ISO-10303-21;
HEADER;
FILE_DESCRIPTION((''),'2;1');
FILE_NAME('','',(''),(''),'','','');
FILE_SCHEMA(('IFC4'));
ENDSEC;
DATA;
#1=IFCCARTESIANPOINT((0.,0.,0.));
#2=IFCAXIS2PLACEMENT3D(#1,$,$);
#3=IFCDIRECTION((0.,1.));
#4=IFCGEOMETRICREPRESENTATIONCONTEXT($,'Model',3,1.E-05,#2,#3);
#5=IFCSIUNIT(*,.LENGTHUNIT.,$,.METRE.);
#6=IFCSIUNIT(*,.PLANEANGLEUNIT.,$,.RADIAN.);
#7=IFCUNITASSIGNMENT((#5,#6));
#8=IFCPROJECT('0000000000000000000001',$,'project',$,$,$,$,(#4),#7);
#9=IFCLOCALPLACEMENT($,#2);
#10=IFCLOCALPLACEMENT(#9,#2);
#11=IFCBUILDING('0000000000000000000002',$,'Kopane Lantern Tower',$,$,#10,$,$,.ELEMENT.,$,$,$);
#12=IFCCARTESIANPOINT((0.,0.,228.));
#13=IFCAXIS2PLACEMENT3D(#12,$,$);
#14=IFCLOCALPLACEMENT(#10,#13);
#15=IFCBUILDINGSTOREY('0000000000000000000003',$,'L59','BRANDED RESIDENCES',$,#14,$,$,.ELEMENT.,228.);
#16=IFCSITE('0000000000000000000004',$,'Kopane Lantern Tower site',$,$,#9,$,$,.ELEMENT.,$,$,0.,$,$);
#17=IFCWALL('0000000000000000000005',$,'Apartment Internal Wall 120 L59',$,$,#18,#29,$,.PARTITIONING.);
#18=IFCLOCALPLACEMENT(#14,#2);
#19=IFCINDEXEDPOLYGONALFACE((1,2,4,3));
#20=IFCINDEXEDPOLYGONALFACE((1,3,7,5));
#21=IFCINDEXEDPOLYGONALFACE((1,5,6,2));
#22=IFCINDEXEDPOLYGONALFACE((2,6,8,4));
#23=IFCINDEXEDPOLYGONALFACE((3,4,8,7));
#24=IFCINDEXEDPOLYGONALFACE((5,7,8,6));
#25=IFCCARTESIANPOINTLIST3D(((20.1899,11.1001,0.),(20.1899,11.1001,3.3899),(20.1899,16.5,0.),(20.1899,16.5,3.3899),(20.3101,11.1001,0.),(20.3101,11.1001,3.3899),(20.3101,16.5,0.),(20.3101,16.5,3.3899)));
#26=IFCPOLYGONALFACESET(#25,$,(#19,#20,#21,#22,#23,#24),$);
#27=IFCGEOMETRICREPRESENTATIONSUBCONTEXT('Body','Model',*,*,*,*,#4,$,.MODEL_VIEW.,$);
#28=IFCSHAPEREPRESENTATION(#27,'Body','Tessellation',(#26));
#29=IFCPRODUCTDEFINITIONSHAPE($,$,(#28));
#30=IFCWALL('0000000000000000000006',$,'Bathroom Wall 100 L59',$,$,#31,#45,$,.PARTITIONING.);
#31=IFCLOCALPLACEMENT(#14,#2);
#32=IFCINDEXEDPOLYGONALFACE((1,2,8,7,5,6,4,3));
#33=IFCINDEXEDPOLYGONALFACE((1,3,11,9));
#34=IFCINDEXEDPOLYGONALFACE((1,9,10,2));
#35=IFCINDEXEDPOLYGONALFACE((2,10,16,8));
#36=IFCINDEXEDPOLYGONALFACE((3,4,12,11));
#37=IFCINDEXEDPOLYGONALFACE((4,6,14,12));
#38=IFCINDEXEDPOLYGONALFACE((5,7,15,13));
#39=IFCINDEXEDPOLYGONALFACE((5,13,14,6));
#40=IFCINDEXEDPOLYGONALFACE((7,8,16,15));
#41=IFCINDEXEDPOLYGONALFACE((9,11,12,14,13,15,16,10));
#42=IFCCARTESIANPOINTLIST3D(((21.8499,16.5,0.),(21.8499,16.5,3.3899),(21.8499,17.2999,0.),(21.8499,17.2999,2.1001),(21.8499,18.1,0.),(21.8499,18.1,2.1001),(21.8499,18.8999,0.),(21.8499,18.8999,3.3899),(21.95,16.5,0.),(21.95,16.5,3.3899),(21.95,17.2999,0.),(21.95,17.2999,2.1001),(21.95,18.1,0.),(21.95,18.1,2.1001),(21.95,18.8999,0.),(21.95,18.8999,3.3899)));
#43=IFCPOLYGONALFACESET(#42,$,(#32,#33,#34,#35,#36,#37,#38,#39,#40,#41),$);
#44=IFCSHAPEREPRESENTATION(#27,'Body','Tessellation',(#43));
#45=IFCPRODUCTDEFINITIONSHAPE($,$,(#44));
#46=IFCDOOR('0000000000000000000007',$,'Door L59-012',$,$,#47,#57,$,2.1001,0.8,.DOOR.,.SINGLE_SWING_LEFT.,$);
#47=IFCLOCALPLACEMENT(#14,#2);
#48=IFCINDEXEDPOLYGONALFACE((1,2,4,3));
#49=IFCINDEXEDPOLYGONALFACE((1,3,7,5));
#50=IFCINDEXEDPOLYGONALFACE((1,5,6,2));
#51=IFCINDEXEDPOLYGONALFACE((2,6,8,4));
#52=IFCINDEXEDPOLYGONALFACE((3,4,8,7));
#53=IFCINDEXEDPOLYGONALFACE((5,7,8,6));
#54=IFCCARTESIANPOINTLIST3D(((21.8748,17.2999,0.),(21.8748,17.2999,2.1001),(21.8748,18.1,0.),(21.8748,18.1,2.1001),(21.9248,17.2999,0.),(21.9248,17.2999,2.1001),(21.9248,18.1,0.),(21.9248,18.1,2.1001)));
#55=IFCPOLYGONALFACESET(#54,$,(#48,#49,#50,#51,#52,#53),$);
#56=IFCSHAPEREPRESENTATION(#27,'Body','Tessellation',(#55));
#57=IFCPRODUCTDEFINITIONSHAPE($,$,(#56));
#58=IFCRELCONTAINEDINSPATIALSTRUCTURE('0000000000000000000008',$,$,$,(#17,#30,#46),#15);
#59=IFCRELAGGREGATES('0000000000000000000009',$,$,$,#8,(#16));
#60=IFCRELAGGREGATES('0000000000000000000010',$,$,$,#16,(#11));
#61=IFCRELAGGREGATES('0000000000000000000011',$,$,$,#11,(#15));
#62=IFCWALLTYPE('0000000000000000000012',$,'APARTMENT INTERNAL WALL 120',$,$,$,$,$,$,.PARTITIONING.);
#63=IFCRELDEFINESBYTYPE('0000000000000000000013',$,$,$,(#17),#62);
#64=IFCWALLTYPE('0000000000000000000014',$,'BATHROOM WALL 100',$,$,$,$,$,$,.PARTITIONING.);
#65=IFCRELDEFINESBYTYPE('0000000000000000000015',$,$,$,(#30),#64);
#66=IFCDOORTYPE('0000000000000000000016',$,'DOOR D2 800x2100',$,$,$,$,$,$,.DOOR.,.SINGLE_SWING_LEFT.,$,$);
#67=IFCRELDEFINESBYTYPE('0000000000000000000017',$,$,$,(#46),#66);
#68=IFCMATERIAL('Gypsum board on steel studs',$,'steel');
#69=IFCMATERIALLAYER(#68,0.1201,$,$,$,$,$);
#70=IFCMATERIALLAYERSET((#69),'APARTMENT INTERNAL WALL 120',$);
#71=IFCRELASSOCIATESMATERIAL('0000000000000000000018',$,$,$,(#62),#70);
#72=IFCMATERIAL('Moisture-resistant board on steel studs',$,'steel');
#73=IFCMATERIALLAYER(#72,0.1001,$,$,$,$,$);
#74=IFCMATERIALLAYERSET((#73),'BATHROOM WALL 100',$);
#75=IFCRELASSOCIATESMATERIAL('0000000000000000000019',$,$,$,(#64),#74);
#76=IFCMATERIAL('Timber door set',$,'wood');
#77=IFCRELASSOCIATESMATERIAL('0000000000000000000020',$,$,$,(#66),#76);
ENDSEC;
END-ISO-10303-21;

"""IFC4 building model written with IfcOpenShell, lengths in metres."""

from ifc_helpers import new_model, si_unit, direction, frame, frame_2d, origin, place, context, subcontext, project, spatial, rectangle, extrude, material, layer, layer_set, type_object, element, fill, save


model = new_model("IFC4")

# Units and contexts
model_context = context("Model", 3, precision=1e-05, world=origin(), true_north=direction((0.0, 1.0)))
body_context = subcontext(model_context, "Body", "Model", "MODEL_VIEW")
ifc_project = project(units=[si_unit("LENGTHUNIT", "METRE"), si_unit("PLANEANGLEUNIT", "RADIAN")], contexts=[model_context])

# Site, building, storey
site_placement = place(None, origin())
site = spatial("IfcSite", under=ifc_project, at=site_placement, Name="Kopane Lantern Tower site", CompositionType="ELEMENT", RefElevation=0.0)
building_placement = place(site_placement, origin())
building = spatial("IfcBuilding", under=site, at=building_placement, Name="Kopane Lantern Tower", CompositionType="ELEMENT")
storey_placement = place(building_placement, frame((0.0, 0.0, 228.0)))
storey = spatial("IfcBuildingStorey", under=building, at=storey_placement, Name="L59", Description="BRANDED RESIDENCES", CompositionType="ELEMENT", Elevation=228.0)

# Wall
ifc_material_1 = material(Name="Gypsum board on steel studs", Category="steel")
ifc_layer_1 = layer(ifc_material_1, 0.1201)
ifc_layer_set_1 = layer_set([ifc_layer_1], Name="APARTMENT INTERNAL WALL 120")
wall_type_1 = type_object("IfcWallType", Name="APARTMENT INTERNAL WALL 120", PredefinedType="PARTITIONING", material=ifc_layer_set_1)
wall_1_placement = place(storey_placement, frame((20.25, 16.5, 0.0), z_axis=(0.0, 0.0, 1.0), x_axis=(0.0, -1.0, 0.0)))
element("IfcWall", 1, at=wall_1_placement, inside=storey, type_object=wall_type_1, Name="Apartment Internal Wall 120 L59", PredefinedType="PARTITIONING", context=body_context, shape_type="SweptSolid", body=[
    extrude(rectangle(XDim=5.3999, YDim=0.1201, at=frame_2d((2.7, 0.0))), origin(), (0.0, 0.0, 1.0), 3.3899),
])

# Wall, opening, door
ifc_material_2 = material(Name="Moisture-resistant board on steel studs", Category="steel")
ifc_layer_2 = layer(ifc_material_2, 0.1001)
ifc_layer_set_2 = layer_set([ifc_layer_2], Name="BATHROOM WALL 100")
wall_type_2 = type_object("IfcWallType", Name="BATHROOM WALL 100", PredefinedType="PARTITIONING", material=ifc_layer_set_2)
wall_2_placement = place(storey_placement, frame((21.8999, 18.8999, 0.0), z_axis=(0.0, 0.0, 1.0), x_axis=(0.0, -1.0, 0.0)))
wall_2 = element("IfcWall", 2, at=wall_2_placement, inside=storey, type_object=wall_type_2, Name="Bathroom Wall 100 L59", PredefinedType="PARTITIONING", context=body_context, shape_type="SweptSolid", body=[
    extrude(rectangle(XDim=2.3999, YDim=0.1001, at=frame_2d((1.2, 0.0))), origin(), (0.0, 0.0, 1.0), 3.3899),
])
opening_placement = place(wall_2_placement, frame((0.8, 0.0, 0.0)))
opening = element("IfcOpeningElement", 3, at=opening_placement, cuts=wall_2, PredefinedType="OPENING", context=body_context, shape_type="SweptSolid", body=[
    extrude(rectangle(XDim=0.8, YDim=2.1001, at=frame_2d((0.3999, 1.05))), frame((0.0, 0.0601, 0.0), z_axis=(0.0, -1.0, 0.0), x_axis=(1.0, 0.0, 0.0)), (0.0, 0.0, 1.0), 0.1201),
])
ifc_material_3 = material(Name="Timber door set", Category="wood")
door_type = type_object("IfcDoorType", Name="DOOR D2 800x2100", OperationType="SINGLE_SWING_LEFT", PredefinedType="DOOR", material=ifc_material_3)
door_placement = place(opening_placement, origin())
door = element("IfcDoor", 4, at=door_placement, inside=storey, type_object=door_type, Name="Door L59-012", OperationType="SINGLE_SWING_LEFT", OverallHeight=2.1001, OverallWidth=0.8, PredefinedType="DOOR", context=body_context, shape_type="SweptSolid", body=[
    extrude(rectangle(XDim=0.8, YDim=2.1001, at=frame_2d((0.3999, 1.05))), frame((0.0, 0.0249, 0.0), z_axis=(0.0, -1.0, 0.0), x_axis=(1.0, 0.0, 0.0)), (0.0, 0.0, 1.0), 0.05),
])
fill(opening, door)

save(model, "model.ifc")
